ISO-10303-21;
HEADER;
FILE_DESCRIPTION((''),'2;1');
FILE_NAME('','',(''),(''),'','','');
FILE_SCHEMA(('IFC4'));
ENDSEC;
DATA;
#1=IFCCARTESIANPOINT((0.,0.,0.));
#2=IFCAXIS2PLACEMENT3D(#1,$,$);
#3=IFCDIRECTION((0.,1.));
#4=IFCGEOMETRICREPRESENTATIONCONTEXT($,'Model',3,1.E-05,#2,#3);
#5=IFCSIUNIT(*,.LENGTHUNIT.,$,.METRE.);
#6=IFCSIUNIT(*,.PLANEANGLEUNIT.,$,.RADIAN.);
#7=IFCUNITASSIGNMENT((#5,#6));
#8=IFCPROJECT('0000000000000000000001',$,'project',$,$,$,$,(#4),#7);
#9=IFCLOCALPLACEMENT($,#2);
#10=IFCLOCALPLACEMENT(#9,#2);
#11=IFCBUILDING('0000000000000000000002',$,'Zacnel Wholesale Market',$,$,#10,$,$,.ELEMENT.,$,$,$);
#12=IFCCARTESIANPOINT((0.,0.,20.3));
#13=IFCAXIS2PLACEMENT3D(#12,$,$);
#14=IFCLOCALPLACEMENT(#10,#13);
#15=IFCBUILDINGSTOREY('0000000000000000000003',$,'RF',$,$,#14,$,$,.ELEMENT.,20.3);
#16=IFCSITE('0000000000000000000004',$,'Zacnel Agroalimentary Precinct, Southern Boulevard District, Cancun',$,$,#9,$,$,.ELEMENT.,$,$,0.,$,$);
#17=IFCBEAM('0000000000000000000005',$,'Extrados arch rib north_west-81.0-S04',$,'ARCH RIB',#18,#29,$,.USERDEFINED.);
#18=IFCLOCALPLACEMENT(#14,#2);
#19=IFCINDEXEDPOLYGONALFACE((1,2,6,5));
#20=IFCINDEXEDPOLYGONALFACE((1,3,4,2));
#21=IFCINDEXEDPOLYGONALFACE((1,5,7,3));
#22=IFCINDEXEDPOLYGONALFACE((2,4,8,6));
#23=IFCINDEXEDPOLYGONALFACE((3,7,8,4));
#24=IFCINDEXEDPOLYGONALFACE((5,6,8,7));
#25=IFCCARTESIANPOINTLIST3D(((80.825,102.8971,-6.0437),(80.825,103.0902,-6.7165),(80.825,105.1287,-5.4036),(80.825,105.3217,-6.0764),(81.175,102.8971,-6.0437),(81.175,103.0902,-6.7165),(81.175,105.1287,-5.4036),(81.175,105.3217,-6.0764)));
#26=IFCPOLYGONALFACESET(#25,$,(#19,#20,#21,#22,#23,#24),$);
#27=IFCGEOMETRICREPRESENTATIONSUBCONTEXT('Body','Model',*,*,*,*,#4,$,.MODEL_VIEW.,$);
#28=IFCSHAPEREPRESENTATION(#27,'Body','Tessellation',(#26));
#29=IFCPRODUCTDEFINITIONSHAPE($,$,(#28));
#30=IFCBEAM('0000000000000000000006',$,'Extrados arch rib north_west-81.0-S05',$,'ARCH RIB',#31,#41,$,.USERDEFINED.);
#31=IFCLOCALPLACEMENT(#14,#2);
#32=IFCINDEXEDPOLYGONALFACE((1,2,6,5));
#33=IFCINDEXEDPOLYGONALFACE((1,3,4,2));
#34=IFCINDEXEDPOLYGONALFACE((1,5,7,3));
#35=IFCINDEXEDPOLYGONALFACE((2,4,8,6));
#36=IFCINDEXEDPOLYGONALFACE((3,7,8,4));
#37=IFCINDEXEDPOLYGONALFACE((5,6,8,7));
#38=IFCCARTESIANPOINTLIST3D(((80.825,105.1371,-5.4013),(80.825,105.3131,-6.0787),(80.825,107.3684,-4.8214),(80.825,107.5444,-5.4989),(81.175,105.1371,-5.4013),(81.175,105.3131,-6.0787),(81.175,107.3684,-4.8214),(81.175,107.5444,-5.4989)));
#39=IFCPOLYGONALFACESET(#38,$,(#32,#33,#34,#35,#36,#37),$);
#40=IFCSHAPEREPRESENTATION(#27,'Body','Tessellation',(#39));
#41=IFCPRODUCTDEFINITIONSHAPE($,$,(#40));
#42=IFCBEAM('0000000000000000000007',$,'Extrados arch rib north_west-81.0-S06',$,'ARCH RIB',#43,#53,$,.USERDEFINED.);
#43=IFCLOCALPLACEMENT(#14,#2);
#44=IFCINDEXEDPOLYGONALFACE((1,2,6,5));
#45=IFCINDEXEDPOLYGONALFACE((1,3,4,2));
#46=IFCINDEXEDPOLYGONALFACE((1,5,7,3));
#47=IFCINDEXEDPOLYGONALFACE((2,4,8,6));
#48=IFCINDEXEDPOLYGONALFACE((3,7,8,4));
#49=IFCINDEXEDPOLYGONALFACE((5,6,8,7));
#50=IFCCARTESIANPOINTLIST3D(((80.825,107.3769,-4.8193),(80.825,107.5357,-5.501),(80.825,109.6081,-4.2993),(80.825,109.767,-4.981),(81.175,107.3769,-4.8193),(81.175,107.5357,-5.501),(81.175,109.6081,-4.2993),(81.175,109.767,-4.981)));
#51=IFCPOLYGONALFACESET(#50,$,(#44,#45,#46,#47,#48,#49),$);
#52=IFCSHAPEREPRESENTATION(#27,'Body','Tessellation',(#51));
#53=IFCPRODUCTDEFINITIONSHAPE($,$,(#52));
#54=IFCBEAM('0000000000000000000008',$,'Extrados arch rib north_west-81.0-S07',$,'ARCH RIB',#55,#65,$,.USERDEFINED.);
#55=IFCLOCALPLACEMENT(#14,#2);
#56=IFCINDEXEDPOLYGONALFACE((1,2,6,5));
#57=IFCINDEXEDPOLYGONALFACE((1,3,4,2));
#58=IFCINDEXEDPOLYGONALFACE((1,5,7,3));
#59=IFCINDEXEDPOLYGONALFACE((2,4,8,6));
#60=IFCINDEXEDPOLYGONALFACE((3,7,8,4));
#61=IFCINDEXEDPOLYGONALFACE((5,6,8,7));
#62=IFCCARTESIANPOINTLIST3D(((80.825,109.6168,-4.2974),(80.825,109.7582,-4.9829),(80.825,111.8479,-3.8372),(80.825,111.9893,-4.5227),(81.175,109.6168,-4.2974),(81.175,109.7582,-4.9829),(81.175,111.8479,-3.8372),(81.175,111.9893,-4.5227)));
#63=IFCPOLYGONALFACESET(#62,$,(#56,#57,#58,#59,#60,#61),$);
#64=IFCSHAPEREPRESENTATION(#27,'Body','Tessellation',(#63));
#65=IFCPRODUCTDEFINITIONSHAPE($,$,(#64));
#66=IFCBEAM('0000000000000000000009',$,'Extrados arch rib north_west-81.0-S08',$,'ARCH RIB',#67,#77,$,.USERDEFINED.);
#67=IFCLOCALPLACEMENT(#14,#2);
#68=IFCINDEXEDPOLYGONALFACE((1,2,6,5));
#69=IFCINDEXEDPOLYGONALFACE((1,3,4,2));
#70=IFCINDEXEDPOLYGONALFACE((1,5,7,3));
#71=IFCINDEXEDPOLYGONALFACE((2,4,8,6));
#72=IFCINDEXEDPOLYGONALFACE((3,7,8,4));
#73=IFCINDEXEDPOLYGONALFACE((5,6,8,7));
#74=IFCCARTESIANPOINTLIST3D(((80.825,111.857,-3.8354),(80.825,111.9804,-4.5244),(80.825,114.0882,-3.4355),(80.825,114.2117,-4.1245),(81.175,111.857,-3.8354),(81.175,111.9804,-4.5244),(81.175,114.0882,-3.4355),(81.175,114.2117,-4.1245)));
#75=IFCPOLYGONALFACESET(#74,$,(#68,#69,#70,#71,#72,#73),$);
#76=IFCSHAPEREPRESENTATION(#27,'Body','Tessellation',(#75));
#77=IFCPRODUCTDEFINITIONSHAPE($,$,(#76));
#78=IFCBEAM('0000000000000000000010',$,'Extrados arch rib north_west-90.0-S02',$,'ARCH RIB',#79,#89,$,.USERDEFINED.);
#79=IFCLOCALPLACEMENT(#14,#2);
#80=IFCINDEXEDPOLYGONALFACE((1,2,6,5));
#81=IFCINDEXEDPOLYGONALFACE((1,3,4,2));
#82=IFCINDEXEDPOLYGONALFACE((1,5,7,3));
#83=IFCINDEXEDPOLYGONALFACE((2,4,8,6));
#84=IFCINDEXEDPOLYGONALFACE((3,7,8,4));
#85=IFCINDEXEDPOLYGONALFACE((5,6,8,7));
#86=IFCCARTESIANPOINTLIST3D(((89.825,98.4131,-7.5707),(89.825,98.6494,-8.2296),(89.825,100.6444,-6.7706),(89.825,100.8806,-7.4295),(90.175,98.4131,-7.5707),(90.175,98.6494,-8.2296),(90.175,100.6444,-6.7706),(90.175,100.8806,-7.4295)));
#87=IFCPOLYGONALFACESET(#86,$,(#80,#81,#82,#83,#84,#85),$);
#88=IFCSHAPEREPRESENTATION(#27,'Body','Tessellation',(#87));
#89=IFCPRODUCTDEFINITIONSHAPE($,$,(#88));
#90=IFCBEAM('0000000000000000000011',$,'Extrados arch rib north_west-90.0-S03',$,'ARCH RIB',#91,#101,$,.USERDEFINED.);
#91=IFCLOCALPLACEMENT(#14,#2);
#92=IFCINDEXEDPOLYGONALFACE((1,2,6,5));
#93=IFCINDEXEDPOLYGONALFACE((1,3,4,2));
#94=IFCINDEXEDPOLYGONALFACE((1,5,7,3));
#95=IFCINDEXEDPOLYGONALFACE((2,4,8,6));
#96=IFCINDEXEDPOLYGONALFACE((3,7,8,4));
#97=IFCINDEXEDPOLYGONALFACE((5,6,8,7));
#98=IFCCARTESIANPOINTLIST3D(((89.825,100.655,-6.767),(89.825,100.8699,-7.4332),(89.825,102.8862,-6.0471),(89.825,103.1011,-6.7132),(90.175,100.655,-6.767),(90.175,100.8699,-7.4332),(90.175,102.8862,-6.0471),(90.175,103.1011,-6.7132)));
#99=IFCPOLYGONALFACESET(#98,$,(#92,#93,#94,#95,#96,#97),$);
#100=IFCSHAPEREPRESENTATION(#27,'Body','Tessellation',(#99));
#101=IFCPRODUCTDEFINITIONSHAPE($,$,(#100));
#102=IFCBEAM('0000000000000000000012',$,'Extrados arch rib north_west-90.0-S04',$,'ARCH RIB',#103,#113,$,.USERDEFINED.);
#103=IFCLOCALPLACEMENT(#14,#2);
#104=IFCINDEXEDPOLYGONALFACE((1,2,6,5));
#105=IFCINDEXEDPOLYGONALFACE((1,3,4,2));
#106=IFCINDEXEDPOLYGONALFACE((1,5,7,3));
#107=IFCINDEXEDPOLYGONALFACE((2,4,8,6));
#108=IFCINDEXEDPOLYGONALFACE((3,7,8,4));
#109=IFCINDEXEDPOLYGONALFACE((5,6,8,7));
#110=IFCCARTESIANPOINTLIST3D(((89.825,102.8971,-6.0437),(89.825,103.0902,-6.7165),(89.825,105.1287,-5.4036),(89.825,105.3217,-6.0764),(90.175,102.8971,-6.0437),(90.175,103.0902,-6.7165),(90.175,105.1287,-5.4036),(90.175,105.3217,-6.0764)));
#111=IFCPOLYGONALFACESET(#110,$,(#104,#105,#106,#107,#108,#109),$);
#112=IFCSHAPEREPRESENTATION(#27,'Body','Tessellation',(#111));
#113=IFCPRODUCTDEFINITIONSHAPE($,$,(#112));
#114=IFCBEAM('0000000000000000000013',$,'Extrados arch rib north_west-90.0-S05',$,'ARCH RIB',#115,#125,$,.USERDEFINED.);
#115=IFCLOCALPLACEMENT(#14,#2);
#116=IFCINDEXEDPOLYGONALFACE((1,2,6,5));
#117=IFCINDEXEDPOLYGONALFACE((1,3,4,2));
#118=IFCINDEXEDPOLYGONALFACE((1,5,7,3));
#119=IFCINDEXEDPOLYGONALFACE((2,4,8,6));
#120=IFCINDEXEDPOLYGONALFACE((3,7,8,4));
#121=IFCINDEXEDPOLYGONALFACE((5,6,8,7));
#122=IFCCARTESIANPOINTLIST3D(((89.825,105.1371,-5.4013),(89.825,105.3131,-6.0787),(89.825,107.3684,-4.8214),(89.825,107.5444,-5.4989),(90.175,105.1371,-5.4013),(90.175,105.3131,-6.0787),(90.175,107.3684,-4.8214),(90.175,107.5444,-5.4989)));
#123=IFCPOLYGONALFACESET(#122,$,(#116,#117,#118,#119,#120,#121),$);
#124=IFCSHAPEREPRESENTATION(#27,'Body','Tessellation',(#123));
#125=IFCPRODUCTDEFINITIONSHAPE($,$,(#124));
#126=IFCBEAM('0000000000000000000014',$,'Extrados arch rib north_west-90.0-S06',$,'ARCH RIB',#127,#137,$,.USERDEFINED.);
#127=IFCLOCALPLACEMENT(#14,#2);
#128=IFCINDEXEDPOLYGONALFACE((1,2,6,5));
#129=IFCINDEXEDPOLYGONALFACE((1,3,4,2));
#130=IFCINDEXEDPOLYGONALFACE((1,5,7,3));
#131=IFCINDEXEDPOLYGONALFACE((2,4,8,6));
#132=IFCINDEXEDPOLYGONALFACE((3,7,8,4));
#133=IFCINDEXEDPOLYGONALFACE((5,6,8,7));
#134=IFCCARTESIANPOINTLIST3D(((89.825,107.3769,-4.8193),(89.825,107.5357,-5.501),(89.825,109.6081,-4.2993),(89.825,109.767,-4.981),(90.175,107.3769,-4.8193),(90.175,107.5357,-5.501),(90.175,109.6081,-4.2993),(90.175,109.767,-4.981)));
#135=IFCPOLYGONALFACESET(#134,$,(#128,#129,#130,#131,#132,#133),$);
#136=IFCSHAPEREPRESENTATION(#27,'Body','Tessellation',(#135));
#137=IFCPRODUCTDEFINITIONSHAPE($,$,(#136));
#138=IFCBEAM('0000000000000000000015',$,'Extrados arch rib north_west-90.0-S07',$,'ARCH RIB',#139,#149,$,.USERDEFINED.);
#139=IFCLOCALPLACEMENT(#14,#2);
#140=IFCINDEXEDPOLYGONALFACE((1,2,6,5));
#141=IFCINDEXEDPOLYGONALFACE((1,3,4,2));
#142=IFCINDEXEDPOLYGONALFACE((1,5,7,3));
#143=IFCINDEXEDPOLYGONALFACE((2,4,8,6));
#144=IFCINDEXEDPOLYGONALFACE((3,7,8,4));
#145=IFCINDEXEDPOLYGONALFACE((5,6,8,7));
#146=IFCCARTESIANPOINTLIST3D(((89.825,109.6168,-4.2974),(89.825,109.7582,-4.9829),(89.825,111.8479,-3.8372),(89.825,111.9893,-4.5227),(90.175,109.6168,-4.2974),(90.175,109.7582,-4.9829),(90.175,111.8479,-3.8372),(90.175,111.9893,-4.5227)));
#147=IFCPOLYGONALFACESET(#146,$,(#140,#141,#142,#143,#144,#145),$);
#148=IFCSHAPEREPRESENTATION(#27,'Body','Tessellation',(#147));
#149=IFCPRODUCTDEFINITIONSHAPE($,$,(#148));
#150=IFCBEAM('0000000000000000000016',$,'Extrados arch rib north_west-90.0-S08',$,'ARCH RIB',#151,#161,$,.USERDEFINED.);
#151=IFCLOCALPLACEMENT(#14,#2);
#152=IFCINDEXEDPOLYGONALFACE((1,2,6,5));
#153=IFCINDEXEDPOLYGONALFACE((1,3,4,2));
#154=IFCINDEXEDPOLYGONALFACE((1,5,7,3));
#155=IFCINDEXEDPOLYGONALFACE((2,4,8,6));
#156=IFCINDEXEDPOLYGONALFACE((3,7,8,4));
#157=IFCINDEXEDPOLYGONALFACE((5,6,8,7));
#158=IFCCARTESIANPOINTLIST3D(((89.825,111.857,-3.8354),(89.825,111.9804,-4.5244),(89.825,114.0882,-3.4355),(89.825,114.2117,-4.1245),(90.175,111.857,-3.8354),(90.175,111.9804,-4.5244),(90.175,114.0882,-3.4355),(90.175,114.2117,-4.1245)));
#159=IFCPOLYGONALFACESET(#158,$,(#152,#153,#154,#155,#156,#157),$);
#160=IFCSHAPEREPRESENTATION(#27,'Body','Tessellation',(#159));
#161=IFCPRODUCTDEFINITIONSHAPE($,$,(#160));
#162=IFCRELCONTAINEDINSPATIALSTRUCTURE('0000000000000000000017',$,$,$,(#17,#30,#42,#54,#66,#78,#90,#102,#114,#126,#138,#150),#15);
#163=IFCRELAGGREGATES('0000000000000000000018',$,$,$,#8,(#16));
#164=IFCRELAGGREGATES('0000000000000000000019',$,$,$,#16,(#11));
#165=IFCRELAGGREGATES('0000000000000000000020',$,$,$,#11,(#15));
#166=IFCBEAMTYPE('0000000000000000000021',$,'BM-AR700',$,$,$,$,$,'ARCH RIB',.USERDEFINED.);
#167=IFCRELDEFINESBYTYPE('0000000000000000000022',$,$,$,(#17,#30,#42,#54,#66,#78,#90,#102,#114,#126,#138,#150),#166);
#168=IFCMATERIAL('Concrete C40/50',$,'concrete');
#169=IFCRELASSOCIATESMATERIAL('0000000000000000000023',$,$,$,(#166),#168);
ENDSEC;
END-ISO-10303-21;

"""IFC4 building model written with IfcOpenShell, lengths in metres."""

from ifc_helpers import new_model, si_unit, direction, frame, origin, origin_2d, place, context, subcontext, project, spatial, rectangle, extrude, material, material_profile, profile_set, type_object, element, save


model = new_model("IFC4")

# Units and contexts
model_context = context("Model", 3, precision=1e-05, world=origin(), true_north=direction((0.0, 1.0)))
body_context = subcontext(model_context, "Body", "Model", "MODEL_VIEW")
ifc_project = project(units=[si_unit("LENGTHUNIT", "METRE"), si_unit("PLANEANGLEUNIT", "RADIAN")], contexts=[model_context])

# Site, building, storey
site_placement = place(None, origin())
site = spatial("IfcSite", under=ifc_project, at=site_placement, Name="Zacnel Agroalimentary Precinct, Southern Boulevard District, Cancun", CompositionType="ELEMENT", RefElevation=0.0)
building_placement = place(site_placement, origin())
building = spatial("IfcBuilding", under=site, at=building_placement, Name="Zacnel Wholesale Market", CompositionType="ELEMENT")
storey_placement = place(building_placement, frame((0.0, 0.0, 20.3)))
storey = spatial("IfcBuildingStorey", under=building, at=storey_placement, Name="RF", CompositionType="ELEMENT", Elevation=20.3)

# Beams
ifc_material_1 = material(Name="Concrete C40/50", Category="concrete")
ifc_material_profile_1 = material_profile(ifc_material_1, rectangle(XDim=0.3501, YDim=0.7, at=origin_2d()), Name="ARCH RIB 350x700")
ifc_profile_set_1 = profile_set([ifc_material_profile_1], Name="Concrete C40/50")
beam_type = type_object("IfcBeamType", Name="BM-AR700", ElementType="ARCH RIB", PredefinedType="USERDEFINED", material=ifc_profile_set_1)
beam_1_placement = place(storey_placement, frame((81.0, 102.9937, -6.3801), z_axis=(0.0, 0.96123, 0.275749), x_axis=(-1.0, 0.0, 0.0)))
element("IfcBeam", 1, at=beam_1_placement, inside=storey, type_object=beam_type, Name="Extrados arch rib north_west-81.0-S04", ObjectType="ARCH RIB", PredefinedType="USERDEFINED", context=body_context, shape_type="SweptSolid", body=[
    extrude(rectangle(XDim=0.3501, YDim=0.7, at=origin_2d()), origin(), (0.0, 0.0, 1.0), 2.3215),
])
beam_2_placement = place(storey_placement, frame((81.0, 105.2251, -5.74), z_axis=(0.0, 0.967852, 0.251521), x_axis=(-1.0, 0.0, 0.0)))
element("IfcBeam", 2, at=beam_2_placement, inside=storey, type_object=beam_type, Name="Extrados arch rib north_west-81.0-S05", ObjectType="ARCH RIB", PredefinedType="USERDEFINED", context=body_context, shape_type="SweptSolid", body=[
    extrude(rectangle(XDim=0.3501, YDim=0.7, at=origin_2d()), origin(), (0.0, 0.0, 1.0), 2.3054),
])
beam_3_placement = place(storey_placement, frame((81.0, 107.4563, -5.1602), z_axis=(0.0, 0.973899, 0.226984), x_axis=(-1.0, 0.0, 0.0)))
element("IfcBeam", 3, at=beam_3_placement, inside=storey, type_object=beam_type, Name="Extrados arch rib north_west-81.0-S06", ObjectType="ARCH RIB", PredefinedType="USERDEFINED", context=body_context, shape_type="SweptSolid", body=[
    extrude(rectangle(XDim=0.3501, YDim=0.7, at=origin_2d()), origin(), (0.0, 0.0, 1.0), 2.291),
])
beam_4_placement = place(storey_placement, frame((81.0, 109.6875, -4.6401), z_axis=(0.0, 0.979384, 0.202007), x_axis=(-1.0, 0.0, 0.0)))
element("IfcBeam", 4, at=beam_4_placement, inside=storey, type_object=beam_type, Name="Extrados arch rib north_west-81.0-S07", ObjectType="ARCH RIB", PredefinedType="USERDEFINED", context=body_context, shape_type="SweptSolid", body=[
    extrude(rectangle(XDim=0.3501, YDim=0.7, at=origin_2d()), origin(), (0.0, 0.0, 1.0), 2.2781),
])
beam_5_placement = place(storey_placement, frame((81.0, 111.9187, -4.1799), z_axis=(0.0, 0.984315, 0.176421), x_axis=(-1.0, 0.0, 0.0)))
element("IfcBeam", 5, at=beam_5_placement, inside=storey, type_object=beam_type, Name="Extrados arch rib north_west-81.0-S08", ObjectType="ARCH RIB", PredefinedType="USERDEFINED", context=body_context, shape_type="SweptSolid", body=[
    extrude(rectangle(XDim=0.3501, YDim=0.7, at=origin_2d()), origin(), (0.0, 0.0, 1.0), 2.2668),
])
beam_6_placement = place(storey_placement, frame((90.0, 98.5312, -7.9001), z_axis=(0.0, 0.941315, 0.33753), x_axis=(-1.0, 0.0, 0.0)))
element("IfcBeam", 6, at=beam_6_placement, inside=storey, type_object=beam_type, Name="Extrados arch rib north_west-90.0-S02", ObjectType="ARCH RIB", PredefinedType="USERDEFINED", context=body_context, shape_type="SweptSolid", body=[
    extrude(rectangle(XDim=0.3501, YDim=0.7, at=origin_2d()), origin(), (0.0, 0.0, 1.0), 2.3704),
])
beam_7_placement = place(storey_placement, frame((90.0, 100.7625, -7.1001), z_axis=(0.0, 0.95168, 0.307091), x_axis=(-1.0, 0.0, 0.0)))
element("IfcBeam", 7, at=beam_7_placement, inside=storey, type_object=beam_type, Name="Extrados arch rib north_west-90.0-S03", ObjectType="ARCH RIB", PredefinedType="USERDEFINED", context=body_context, shape_type="SweptSolid", body=[
    extrude(rectangle(XDim=0.3501, YDim=0.7, at=origin_2d()), origin(), (0.0, 0.0, 1.0), 2.3445),
])
beam_8_placement = place(storey_placement, frame((90.0, 102.9937, -6.3801), z_axis=(0.0, 0.96123, 0.275749), x_axis=(-1.0, 0.0, 0.0)))
element("IfcBeam", 8, at=beam_8_placement, inside=storey, type_object=beam_type, Name="Extrados arch rib north_west-90.0-S04", ObjectType="ARCH RIB", PredefinedType="USERDEFINED", context=body_context, shape_type="SweptSolid", body=[
    extrude(rectangle(XDim=0.3501, YDim=0.7, at=origin_2d()), origin(), (0.0, 0.0, 1.0), 2.3215),
])
beam_9_placement = place(storey_placement, frame((90.0, 105.2251, -5.74), z_axis=(0.0, 0.967852, 0.251521), x_axis=(-1.0, 0.0, 0.0)))
element("IfcBeam", 9, at=beam_9_placement, inside=storey, type_object=beam_type, Name="Extrados arch rib north_west-90.0-S05", ObjectType="ARCH RIB", PredefinedType="USERDEFINED", context=body_context, shape_type="SweptSolid", body=[
    extrude(rectangle(XDim=0.3501, YDim=0.7, at=origin_2d()), origin(), (0.0, 0.0, 1.0), 2.3054),
])
beam_10_placement = place(storey_placement, frame((90.0, 107.4563, -5.1602), z_axis=(0.0, 0.973899, 0.226984), x_axis=(-1.0, 0.0, 0.0)))
element("IfcBeam", 10, at=beam_10_placement, inside=storey, type_object=beam_type, Name="Extrados arch rib north_west-90.0-S06", ObjectType="ARCH RIB", PredefinedType="USERDEFINED", context=body_context, shape_type="SweptSolid", body=[
    extrude(rectangle(XDim=0.3501, YDim=0.7, at=origin_2d()), origin(), (0.0, 0.0, 1.0), 2.291),
])
beam_11_placement = place(storey_placement, frame((90.0, 109.6875, -4.6401), z_axis=(0.0, 0.979384, 0.202007), x_axis=(-1.0, 0.0, 0.0)))
element("IfcBeam", 11, at=beam_11_placement, inside=storey, type_object=beam_type, Name="Extrados arch rib north_west-90.0-S07", ObjectType="ARCH RIB", PredefinedType="USERDEFINED", context=body_context, shape_type="SweptSolid", body=[
    extrude(rectangle(XDim=0.3501, YDim=0.7, at=origin_2d()), origin(), (0.0, 0.0, 1.0), 2.2781),
])
beam_12_placement = place(storey_placement, frame((90.0, 111.9187, -4.1799), z_axis=(0.0, 0.984315, 0.176421), x_axis=(-1.0, 0.0, 0.0)))
element("IfcBeam", 12, at=beam_12_placement, inside=storey, type_object=beam_type, Name="Extrados arch rib north_west-90.0-S08", ObjectType="ARCH RIB", PredefinedType="USERDEFINED", context=body_context, shape_type="SweptSolid", body=[
    extrude(rectangle(XDim=0.3501, YDim=0.7, at=origin_2d()), origin(), (0.0, 0.0, 1.0), 2.2668),
])

save(model, "model.ifc")
